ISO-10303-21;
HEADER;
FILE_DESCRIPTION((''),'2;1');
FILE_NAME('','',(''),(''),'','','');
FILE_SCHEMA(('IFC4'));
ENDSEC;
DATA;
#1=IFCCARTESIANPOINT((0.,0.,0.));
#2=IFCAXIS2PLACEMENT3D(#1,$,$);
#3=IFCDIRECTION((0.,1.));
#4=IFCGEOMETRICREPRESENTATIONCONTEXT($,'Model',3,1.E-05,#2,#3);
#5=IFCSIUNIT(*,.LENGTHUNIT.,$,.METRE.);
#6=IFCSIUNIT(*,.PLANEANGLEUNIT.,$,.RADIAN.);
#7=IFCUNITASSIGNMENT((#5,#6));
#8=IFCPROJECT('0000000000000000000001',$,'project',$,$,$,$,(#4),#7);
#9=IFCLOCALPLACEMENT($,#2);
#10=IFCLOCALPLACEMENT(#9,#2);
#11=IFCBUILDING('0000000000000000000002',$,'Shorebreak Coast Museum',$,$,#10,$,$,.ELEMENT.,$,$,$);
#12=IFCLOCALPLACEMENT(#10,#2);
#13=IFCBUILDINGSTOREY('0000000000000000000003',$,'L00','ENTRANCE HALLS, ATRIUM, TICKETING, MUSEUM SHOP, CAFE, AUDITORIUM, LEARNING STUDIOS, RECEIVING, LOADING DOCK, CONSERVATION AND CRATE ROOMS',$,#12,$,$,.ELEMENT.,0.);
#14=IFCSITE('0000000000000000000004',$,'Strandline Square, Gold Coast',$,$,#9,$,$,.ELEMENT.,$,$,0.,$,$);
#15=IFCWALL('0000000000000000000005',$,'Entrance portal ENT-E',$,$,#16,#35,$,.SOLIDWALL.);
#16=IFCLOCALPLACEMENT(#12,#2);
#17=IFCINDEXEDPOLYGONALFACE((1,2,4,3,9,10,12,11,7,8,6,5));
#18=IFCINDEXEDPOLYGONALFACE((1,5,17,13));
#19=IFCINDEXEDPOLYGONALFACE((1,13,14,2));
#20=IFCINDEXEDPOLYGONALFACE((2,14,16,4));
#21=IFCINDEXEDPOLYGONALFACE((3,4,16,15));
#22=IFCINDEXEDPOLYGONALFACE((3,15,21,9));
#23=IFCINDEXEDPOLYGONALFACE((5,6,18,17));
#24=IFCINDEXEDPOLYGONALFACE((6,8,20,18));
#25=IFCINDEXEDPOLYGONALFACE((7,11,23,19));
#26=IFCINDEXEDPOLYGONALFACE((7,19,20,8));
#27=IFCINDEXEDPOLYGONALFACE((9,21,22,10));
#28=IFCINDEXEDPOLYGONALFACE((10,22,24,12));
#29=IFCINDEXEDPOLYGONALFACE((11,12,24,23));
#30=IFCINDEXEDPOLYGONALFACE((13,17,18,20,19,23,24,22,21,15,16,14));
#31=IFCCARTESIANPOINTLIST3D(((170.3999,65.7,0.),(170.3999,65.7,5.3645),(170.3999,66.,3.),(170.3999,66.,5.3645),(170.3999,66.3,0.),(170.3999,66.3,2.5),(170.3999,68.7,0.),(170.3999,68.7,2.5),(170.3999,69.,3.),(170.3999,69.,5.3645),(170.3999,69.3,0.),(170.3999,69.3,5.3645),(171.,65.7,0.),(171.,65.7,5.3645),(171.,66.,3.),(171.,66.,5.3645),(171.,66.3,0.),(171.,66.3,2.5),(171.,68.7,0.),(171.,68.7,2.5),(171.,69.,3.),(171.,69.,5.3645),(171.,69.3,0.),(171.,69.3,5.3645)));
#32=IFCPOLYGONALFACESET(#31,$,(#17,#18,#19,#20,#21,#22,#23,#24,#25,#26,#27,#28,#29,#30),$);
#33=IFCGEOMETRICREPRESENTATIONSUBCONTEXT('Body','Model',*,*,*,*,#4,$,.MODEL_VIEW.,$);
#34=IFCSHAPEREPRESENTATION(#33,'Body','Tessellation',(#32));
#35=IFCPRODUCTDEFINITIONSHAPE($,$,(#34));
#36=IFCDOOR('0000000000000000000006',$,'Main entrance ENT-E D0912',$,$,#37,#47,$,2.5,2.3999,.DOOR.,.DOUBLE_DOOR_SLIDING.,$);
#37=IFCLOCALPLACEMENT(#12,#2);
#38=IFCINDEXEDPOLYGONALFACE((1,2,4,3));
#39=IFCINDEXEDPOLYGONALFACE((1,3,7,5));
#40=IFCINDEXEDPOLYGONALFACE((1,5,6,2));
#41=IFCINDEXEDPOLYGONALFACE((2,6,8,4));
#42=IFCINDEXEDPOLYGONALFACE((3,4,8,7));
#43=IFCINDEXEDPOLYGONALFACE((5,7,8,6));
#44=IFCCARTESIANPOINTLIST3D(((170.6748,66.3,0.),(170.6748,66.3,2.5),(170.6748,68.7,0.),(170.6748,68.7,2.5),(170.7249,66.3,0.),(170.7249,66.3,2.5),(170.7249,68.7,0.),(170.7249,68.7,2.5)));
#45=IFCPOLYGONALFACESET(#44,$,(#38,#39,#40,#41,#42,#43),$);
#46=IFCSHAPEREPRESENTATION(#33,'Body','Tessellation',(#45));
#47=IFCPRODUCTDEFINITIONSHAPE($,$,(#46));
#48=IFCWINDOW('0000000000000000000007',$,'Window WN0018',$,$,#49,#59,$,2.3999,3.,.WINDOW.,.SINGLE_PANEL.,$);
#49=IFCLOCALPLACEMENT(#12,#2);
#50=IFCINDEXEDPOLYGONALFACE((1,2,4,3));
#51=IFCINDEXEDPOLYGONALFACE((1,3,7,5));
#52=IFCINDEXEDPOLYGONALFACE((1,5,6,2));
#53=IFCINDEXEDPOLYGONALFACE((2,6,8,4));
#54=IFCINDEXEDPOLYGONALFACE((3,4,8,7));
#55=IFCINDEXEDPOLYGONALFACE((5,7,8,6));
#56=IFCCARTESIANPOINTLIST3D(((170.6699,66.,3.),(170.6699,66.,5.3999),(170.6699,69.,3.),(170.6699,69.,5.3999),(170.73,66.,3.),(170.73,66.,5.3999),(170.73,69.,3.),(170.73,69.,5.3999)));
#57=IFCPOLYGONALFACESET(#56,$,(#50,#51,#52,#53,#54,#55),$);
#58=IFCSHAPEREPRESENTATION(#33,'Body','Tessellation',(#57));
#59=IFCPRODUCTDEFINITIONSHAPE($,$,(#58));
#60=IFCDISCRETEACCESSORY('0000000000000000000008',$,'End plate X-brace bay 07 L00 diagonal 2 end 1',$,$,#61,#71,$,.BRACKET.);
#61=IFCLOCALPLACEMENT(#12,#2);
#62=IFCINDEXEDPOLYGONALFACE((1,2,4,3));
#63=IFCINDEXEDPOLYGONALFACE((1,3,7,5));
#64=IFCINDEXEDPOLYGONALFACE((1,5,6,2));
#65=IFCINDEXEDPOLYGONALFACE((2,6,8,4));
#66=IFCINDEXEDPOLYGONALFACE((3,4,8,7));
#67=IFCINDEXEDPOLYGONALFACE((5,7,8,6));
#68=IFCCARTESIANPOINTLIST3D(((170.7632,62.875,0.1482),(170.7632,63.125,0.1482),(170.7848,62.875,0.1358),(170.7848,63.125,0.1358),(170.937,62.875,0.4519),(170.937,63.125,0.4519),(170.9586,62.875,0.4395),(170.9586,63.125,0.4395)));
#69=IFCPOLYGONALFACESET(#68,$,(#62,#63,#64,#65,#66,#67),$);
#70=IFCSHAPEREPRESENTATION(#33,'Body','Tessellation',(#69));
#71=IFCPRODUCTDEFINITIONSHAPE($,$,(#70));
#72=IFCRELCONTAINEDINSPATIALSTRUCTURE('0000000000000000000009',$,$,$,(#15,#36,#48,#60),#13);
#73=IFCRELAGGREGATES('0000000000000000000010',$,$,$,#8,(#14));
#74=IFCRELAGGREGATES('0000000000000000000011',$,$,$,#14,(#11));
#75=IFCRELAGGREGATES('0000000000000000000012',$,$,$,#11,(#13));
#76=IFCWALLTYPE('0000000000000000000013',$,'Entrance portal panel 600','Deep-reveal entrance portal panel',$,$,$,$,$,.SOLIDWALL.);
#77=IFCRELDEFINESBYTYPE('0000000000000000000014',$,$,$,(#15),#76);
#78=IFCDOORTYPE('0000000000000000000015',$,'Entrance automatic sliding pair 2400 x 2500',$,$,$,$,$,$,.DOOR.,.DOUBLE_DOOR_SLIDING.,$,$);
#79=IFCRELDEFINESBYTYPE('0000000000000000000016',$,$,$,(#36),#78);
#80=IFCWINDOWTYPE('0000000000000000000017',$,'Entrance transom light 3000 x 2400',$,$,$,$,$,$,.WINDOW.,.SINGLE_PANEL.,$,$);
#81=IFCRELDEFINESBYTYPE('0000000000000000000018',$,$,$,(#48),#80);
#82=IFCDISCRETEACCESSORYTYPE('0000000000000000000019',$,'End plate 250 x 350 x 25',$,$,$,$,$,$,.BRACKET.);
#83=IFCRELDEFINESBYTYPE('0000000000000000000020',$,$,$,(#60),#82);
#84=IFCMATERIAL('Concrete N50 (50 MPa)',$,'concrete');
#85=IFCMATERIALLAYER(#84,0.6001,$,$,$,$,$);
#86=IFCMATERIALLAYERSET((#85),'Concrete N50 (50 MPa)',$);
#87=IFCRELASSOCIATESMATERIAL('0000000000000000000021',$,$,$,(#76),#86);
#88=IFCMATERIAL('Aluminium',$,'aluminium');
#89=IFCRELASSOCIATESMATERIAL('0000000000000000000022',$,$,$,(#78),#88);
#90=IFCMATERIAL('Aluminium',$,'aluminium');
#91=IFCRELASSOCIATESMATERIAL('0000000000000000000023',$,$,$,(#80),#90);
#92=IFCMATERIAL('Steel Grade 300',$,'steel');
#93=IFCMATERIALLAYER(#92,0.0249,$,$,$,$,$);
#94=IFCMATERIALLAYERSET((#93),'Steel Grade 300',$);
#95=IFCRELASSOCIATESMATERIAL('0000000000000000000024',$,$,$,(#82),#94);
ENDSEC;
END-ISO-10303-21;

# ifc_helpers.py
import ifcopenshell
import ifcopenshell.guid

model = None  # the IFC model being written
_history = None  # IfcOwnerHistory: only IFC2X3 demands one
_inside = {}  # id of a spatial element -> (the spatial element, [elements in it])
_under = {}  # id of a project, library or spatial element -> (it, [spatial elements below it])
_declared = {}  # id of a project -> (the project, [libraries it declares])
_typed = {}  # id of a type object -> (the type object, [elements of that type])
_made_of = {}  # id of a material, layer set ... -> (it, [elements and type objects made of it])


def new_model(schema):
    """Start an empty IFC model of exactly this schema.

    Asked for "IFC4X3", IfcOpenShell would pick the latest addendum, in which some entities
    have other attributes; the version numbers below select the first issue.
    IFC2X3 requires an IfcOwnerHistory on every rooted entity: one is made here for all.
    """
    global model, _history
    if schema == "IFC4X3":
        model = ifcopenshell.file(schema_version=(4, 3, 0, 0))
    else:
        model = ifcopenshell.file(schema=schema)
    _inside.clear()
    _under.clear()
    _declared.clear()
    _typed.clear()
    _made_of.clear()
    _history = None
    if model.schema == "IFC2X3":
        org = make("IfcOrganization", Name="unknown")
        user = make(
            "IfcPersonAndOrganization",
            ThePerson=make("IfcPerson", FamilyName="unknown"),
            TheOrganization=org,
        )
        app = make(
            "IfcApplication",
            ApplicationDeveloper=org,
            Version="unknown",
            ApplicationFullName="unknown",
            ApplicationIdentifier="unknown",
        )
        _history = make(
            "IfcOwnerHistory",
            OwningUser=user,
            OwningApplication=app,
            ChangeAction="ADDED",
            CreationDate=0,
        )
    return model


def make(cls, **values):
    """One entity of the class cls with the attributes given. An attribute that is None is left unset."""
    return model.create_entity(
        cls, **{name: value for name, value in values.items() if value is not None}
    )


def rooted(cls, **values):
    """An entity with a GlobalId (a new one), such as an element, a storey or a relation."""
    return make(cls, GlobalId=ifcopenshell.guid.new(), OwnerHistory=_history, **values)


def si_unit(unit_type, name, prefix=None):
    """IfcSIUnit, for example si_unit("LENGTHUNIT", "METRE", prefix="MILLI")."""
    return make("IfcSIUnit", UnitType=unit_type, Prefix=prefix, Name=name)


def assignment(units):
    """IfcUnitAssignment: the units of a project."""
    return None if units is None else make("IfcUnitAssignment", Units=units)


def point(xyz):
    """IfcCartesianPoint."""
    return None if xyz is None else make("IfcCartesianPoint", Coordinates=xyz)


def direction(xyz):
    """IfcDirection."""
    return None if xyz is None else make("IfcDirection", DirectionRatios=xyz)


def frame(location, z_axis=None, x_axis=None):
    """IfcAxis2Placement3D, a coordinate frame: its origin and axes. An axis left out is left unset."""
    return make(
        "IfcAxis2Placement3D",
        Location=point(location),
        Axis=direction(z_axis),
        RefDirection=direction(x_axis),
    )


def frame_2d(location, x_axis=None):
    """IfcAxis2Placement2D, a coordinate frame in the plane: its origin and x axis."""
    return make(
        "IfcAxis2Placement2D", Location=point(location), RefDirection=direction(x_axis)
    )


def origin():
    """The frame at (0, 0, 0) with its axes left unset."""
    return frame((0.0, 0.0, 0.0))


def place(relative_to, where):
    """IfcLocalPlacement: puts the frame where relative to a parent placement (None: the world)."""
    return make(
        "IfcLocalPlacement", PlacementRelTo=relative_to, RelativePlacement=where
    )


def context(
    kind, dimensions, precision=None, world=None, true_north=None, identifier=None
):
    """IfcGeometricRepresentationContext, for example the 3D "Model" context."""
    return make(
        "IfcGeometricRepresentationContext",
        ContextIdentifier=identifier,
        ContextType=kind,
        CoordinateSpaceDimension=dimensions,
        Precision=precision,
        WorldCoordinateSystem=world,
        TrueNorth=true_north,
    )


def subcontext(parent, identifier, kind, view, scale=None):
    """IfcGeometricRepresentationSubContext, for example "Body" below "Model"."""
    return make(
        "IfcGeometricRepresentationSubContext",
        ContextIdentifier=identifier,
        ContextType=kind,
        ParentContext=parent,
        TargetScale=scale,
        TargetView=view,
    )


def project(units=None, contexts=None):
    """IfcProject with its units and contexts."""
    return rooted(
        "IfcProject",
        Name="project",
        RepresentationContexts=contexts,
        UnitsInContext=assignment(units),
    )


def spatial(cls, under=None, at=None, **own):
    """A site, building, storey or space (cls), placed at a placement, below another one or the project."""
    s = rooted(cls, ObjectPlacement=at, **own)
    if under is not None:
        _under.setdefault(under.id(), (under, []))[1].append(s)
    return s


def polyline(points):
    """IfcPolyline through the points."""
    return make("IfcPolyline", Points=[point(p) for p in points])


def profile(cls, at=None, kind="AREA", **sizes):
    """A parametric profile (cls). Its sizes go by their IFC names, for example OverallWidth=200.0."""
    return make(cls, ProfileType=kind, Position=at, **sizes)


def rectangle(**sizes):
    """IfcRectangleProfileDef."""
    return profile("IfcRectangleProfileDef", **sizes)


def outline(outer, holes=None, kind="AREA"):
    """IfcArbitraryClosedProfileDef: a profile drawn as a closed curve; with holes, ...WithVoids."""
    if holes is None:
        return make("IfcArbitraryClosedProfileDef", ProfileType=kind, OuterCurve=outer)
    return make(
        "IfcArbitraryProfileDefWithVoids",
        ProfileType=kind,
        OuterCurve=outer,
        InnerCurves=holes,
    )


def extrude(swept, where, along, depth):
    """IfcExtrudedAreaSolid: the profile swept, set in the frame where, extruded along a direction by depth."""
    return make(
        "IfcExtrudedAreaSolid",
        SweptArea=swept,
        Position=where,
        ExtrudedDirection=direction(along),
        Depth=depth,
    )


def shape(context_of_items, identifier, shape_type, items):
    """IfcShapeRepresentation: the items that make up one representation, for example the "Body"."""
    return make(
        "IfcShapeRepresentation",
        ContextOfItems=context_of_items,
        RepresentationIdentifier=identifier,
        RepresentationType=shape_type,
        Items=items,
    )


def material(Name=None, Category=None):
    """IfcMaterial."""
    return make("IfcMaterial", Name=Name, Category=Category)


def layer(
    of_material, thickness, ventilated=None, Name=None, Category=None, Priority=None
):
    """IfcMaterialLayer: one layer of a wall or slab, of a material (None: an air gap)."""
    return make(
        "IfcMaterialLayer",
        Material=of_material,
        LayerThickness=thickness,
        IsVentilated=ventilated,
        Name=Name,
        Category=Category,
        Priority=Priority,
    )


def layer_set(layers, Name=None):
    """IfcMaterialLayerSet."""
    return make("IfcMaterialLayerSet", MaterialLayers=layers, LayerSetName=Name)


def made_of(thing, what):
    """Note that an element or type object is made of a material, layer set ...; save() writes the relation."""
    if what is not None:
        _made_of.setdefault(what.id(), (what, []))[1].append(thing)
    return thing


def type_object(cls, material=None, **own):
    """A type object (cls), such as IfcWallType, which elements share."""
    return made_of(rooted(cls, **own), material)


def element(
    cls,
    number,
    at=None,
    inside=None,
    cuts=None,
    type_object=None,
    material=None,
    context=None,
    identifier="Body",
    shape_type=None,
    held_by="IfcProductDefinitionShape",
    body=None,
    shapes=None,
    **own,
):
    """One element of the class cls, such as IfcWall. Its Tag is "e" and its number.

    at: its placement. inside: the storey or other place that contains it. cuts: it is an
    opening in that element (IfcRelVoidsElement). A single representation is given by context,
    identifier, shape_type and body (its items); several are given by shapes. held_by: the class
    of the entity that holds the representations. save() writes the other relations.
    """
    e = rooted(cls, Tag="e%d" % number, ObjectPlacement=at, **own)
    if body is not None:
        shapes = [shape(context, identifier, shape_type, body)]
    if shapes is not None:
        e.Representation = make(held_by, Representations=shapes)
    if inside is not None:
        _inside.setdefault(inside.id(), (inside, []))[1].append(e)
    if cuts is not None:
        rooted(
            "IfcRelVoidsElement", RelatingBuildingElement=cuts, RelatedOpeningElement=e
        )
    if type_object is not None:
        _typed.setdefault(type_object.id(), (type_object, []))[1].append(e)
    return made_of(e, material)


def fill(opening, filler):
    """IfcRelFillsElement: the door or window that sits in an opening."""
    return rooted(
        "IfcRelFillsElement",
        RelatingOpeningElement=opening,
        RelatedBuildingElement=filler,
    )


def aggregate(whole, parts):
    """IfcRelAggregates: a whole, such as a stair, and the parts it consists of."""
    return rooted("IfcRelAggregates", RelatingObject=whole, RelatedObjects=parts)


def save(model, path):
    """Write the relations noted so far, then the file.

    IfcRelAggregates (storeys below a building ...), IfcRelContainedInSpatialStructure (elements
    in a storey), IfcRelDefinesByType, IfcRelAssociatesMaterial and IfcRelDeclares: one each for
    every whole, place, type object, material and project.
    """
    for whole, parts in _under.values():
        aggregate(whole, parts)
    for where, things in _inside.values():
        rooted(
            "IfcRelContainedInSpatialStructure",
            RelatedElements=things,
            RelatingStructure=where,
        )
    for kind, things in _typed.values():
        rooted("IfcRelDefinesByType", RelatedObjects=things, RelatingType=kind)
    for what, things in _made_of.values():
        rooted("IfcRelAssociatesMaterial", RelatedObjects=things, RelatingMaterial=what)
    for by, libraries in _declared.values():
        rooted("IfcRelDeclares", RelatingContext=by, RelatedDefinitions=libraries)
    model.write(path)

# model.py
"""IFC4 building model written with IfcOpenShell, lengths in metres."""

from ifc_helpers import new_model, si_unit, direction, frame, frame_2d, origin, place, context, subcontext, project, spatial, polyline, rectangle, outline, extrude, material, layer, layer_set, type_object, element, fill, save


model = new_model("IFC4")

# Units and contexts
model_context = context("Model", 3, precision=1e-05, world=origin(), true_north=direction((0.0, 1.0)))
body_context = subcontext(model_context, "Body", "Model", "MODEL_VIEW")
ifc_project = project(units=[si_unit("LENGTHUNIT", "METRE"), si_unit("PLANEANGLEUNIT", "RADIAN")], contexts=[model_context])

# Site, building, storey
site_placement = place(None, origin())
site = spatial("IfcSite", under=ifc_project, at=site_placement, Name="Strandline Square, Gold Coast", CompositionType="ELEMENT", RefElevation=0.0)
building_placement = place(site_placement, origin())
building = spatial("IfcBuilding", under=site, at=building_placement, Name="Shorebreak Coast Museum", CompositionType="ELEMENT")
storey_placement = place(building_placement, origin())
storey = spatial("IfcBuildingStorey", under=building, at=storey_placement, Name="L00", Description="ENTRANCE HALLS, ATRIUM, TICKETING, MUSEUM SHOP, CAFE, AUDITORIUM, LEARNING STUDIOS, RECEIVING, LOADING DOCK, CONSERVATION AND CRATE ROOMS", CompositionType="ELEMENT", Elevation=0.0)

# Wall, openings, door, window
ifc_material_1 = material(Name="Concrete N50 (50 MPa)", Category="concrete")
ifc_layer_1 = layer(ifc_material_1, 0.6001)
ifc_layer_set_1 = layer_set([ifc_layer_1], Name="Concrete N50 (50 MPa)")
wall_type = type_object("IfcWallType", Name="Entrance portal panel 600", Description="Deep-reveal entrance portal panel", PredefinedType="SOLIDWALL", material=ifc_layer_set_1)
wall_placement = place(storey_placement, frame((170.7, 65.7, 0.0), z_axis=(0.0, 0.0, 1.0), x_axis=(0.0, 1.0, 0.0)))
wall = element("IfcWall", 1, at=wall_placement, inside=storey, type_object=wall_type, Name="Entrance portal ENT-E", PredefinedType="SOLIDWALL", context=body_context, shape_type="SweptSolid", body=[
    extrude(rectangle(XDim=3.6001, YDim=0.6001, at=frame_2d((1.8, 0.0))), origin(), (0.0, 0.0, 1.0), 5.3645),
])
opening_1_placement = place(wall_placement, frame((0.6001, 0.0, 0.0)))
opening_1 = element("IfcOpeningElement", 2, at=opening_1_placement, cuts=wall, PredefinedType="OPENING", context=body_context, shape_type="SweptSolid", body=[
    extrude(rectangle(XDim=2.3999, YDim=2.5, at=frame_2d((1.2, 1.25))), frame((0.0, 0.3101, 0.0), z_axis=(0.0, -1.0, 0.0), x_axis=(1.0, 0.0, 0.0)), (0.0, 0.0, 1.0), 0.6201),
])
opening_2_placement = place(wall_placement, frame((0.3, 0.0, 3.0)))
opening_2 = element("IfcOpeningElement", 3, at=opening_2_placement, cuts=wall, PredefinedType="OPENING", context=body_context, shape_type="SweptSolid", body=[
    extrude(rectangle(XDim=3.0, YDim=2.3999, at=frame_2d((1.5, 1.2))), frame((0.0, 0.3101, 0.0), z_axis=(0.0, -1.0, 0.0), x_axis=(1.0, 0.0, 0.0)), (0.0, 0.0, 1.0), 0.6201),
])
ifc_material_2 = material(Name="Aluminium", Category="aluminium")
door_type = type_object("IfcDoorType", Name="Entrance automatic sliding pair 2400 x 2500", OperationType="DOUBLE_DOOR_SLIDING", PredefinedType="DOOR", material=ifc_material_2)
door_placement = place(opening_1_placement, frame((2.3999, 0.0, 0.0), z_axis=(0.0, 0.0, 1.0), x_axis=(-1.0, 0.0, 0.0)))
door = element("IfcDoor", 4, at=door_placement, inside=storey, type_object=door_type, Name="Main entrance ENT-E D0912", OperationType="DOUBLE_DOOR_SLIDING", OverallHeight=2.5, OverallWidth=2.3999, PredefinedType="DOOR", context=body_context, shape_type="SweptSolid", body=[
    extrude(rectangle(XDim=2.3999, YDim=2.5, at=frame_2d((1.2, 1.25))), frame((0.0, 0.0249, 0.0), z_axis=(0.0, -1.0, 0.0), x_axis=(1.0, 0.0, 0.0)), (0.0, 0.0, 1.0), 0.05),
])
fill(opening_1, door)
ifc_material_3 = material(Name="Aluminium", Category="aluminium")
window_type = type_object("IfcWindowType", Name="Entrance transom light 3000 x 2400", PartitioningType="SINGLE_PANEL", PredefinedType="WINDOW", material=ifc_material_3)
window_placement = place(opening_2_placement, origin())
window = element("IfcWindow", 5, at=window_placement, inside=storey, type_object=window_type, Name="Window WN0018", OverallHeight=2.3999, OverallWidth=3.0, PartitioningType="SINGLE_PANEL", PredefinedType="WINDOW", context=body_context, shape_type="SweptSolid", body=[
    extrude(rectangle(XDim=3.0, YDim=2.3999, at=frame_2d((1.5, 1.2))), frame((0.0, 0.03, 0.0), z_axis=(0.0, -1.0, 0.0), x_axis=(1.0, 0.0, 0.0)), (0.0, 0.0, 1.0), 0.0601),
])
fill(opening_2, window)

# Discrete accessory
ifc_material_4 = material(Name="Steel Grade 300", Category="steel")
ifc_layer_2 = layer(ifc_material_4, 0.0249)
ifc_layer_set_2 = layer_set([ifc_layer_2], Name="Steel Grade 300")
discrete_accessory_type = type_object("IfcDiscreteAccessoryType", Name="End plate 250 x 350 x 25", PredefinedType="BRACKET", material=ifc_layer_set_2)
discrete_accessory_placement = place(storey_placement, frame((170.7632, 63.125, 0.1482), z_axis=(-0.867899, 0.0, 0.49674), x_axis=(0.0, -1.0, 0.0)))
element("IfcDiscreteAccessory", 6, at=discrete_accessory_placement, inside=storey, type_object=discrete_accessory_type, Name="End plate X-brace bay 07 L00 diagonal 2 end 1", PredefinedType="BRACKET", context=body_context, shape_type="SweptSolid", body=[
    extrude(outline(polyline([(0.0, 0.0), (0.25, 0.0), (0.25, 0.3499), (0.0, 0.3499), (0.0, 0.0)])), origin(), (0.0, 0.0, -1.0), 0.0249),
])

save(model, "model.ifc")
